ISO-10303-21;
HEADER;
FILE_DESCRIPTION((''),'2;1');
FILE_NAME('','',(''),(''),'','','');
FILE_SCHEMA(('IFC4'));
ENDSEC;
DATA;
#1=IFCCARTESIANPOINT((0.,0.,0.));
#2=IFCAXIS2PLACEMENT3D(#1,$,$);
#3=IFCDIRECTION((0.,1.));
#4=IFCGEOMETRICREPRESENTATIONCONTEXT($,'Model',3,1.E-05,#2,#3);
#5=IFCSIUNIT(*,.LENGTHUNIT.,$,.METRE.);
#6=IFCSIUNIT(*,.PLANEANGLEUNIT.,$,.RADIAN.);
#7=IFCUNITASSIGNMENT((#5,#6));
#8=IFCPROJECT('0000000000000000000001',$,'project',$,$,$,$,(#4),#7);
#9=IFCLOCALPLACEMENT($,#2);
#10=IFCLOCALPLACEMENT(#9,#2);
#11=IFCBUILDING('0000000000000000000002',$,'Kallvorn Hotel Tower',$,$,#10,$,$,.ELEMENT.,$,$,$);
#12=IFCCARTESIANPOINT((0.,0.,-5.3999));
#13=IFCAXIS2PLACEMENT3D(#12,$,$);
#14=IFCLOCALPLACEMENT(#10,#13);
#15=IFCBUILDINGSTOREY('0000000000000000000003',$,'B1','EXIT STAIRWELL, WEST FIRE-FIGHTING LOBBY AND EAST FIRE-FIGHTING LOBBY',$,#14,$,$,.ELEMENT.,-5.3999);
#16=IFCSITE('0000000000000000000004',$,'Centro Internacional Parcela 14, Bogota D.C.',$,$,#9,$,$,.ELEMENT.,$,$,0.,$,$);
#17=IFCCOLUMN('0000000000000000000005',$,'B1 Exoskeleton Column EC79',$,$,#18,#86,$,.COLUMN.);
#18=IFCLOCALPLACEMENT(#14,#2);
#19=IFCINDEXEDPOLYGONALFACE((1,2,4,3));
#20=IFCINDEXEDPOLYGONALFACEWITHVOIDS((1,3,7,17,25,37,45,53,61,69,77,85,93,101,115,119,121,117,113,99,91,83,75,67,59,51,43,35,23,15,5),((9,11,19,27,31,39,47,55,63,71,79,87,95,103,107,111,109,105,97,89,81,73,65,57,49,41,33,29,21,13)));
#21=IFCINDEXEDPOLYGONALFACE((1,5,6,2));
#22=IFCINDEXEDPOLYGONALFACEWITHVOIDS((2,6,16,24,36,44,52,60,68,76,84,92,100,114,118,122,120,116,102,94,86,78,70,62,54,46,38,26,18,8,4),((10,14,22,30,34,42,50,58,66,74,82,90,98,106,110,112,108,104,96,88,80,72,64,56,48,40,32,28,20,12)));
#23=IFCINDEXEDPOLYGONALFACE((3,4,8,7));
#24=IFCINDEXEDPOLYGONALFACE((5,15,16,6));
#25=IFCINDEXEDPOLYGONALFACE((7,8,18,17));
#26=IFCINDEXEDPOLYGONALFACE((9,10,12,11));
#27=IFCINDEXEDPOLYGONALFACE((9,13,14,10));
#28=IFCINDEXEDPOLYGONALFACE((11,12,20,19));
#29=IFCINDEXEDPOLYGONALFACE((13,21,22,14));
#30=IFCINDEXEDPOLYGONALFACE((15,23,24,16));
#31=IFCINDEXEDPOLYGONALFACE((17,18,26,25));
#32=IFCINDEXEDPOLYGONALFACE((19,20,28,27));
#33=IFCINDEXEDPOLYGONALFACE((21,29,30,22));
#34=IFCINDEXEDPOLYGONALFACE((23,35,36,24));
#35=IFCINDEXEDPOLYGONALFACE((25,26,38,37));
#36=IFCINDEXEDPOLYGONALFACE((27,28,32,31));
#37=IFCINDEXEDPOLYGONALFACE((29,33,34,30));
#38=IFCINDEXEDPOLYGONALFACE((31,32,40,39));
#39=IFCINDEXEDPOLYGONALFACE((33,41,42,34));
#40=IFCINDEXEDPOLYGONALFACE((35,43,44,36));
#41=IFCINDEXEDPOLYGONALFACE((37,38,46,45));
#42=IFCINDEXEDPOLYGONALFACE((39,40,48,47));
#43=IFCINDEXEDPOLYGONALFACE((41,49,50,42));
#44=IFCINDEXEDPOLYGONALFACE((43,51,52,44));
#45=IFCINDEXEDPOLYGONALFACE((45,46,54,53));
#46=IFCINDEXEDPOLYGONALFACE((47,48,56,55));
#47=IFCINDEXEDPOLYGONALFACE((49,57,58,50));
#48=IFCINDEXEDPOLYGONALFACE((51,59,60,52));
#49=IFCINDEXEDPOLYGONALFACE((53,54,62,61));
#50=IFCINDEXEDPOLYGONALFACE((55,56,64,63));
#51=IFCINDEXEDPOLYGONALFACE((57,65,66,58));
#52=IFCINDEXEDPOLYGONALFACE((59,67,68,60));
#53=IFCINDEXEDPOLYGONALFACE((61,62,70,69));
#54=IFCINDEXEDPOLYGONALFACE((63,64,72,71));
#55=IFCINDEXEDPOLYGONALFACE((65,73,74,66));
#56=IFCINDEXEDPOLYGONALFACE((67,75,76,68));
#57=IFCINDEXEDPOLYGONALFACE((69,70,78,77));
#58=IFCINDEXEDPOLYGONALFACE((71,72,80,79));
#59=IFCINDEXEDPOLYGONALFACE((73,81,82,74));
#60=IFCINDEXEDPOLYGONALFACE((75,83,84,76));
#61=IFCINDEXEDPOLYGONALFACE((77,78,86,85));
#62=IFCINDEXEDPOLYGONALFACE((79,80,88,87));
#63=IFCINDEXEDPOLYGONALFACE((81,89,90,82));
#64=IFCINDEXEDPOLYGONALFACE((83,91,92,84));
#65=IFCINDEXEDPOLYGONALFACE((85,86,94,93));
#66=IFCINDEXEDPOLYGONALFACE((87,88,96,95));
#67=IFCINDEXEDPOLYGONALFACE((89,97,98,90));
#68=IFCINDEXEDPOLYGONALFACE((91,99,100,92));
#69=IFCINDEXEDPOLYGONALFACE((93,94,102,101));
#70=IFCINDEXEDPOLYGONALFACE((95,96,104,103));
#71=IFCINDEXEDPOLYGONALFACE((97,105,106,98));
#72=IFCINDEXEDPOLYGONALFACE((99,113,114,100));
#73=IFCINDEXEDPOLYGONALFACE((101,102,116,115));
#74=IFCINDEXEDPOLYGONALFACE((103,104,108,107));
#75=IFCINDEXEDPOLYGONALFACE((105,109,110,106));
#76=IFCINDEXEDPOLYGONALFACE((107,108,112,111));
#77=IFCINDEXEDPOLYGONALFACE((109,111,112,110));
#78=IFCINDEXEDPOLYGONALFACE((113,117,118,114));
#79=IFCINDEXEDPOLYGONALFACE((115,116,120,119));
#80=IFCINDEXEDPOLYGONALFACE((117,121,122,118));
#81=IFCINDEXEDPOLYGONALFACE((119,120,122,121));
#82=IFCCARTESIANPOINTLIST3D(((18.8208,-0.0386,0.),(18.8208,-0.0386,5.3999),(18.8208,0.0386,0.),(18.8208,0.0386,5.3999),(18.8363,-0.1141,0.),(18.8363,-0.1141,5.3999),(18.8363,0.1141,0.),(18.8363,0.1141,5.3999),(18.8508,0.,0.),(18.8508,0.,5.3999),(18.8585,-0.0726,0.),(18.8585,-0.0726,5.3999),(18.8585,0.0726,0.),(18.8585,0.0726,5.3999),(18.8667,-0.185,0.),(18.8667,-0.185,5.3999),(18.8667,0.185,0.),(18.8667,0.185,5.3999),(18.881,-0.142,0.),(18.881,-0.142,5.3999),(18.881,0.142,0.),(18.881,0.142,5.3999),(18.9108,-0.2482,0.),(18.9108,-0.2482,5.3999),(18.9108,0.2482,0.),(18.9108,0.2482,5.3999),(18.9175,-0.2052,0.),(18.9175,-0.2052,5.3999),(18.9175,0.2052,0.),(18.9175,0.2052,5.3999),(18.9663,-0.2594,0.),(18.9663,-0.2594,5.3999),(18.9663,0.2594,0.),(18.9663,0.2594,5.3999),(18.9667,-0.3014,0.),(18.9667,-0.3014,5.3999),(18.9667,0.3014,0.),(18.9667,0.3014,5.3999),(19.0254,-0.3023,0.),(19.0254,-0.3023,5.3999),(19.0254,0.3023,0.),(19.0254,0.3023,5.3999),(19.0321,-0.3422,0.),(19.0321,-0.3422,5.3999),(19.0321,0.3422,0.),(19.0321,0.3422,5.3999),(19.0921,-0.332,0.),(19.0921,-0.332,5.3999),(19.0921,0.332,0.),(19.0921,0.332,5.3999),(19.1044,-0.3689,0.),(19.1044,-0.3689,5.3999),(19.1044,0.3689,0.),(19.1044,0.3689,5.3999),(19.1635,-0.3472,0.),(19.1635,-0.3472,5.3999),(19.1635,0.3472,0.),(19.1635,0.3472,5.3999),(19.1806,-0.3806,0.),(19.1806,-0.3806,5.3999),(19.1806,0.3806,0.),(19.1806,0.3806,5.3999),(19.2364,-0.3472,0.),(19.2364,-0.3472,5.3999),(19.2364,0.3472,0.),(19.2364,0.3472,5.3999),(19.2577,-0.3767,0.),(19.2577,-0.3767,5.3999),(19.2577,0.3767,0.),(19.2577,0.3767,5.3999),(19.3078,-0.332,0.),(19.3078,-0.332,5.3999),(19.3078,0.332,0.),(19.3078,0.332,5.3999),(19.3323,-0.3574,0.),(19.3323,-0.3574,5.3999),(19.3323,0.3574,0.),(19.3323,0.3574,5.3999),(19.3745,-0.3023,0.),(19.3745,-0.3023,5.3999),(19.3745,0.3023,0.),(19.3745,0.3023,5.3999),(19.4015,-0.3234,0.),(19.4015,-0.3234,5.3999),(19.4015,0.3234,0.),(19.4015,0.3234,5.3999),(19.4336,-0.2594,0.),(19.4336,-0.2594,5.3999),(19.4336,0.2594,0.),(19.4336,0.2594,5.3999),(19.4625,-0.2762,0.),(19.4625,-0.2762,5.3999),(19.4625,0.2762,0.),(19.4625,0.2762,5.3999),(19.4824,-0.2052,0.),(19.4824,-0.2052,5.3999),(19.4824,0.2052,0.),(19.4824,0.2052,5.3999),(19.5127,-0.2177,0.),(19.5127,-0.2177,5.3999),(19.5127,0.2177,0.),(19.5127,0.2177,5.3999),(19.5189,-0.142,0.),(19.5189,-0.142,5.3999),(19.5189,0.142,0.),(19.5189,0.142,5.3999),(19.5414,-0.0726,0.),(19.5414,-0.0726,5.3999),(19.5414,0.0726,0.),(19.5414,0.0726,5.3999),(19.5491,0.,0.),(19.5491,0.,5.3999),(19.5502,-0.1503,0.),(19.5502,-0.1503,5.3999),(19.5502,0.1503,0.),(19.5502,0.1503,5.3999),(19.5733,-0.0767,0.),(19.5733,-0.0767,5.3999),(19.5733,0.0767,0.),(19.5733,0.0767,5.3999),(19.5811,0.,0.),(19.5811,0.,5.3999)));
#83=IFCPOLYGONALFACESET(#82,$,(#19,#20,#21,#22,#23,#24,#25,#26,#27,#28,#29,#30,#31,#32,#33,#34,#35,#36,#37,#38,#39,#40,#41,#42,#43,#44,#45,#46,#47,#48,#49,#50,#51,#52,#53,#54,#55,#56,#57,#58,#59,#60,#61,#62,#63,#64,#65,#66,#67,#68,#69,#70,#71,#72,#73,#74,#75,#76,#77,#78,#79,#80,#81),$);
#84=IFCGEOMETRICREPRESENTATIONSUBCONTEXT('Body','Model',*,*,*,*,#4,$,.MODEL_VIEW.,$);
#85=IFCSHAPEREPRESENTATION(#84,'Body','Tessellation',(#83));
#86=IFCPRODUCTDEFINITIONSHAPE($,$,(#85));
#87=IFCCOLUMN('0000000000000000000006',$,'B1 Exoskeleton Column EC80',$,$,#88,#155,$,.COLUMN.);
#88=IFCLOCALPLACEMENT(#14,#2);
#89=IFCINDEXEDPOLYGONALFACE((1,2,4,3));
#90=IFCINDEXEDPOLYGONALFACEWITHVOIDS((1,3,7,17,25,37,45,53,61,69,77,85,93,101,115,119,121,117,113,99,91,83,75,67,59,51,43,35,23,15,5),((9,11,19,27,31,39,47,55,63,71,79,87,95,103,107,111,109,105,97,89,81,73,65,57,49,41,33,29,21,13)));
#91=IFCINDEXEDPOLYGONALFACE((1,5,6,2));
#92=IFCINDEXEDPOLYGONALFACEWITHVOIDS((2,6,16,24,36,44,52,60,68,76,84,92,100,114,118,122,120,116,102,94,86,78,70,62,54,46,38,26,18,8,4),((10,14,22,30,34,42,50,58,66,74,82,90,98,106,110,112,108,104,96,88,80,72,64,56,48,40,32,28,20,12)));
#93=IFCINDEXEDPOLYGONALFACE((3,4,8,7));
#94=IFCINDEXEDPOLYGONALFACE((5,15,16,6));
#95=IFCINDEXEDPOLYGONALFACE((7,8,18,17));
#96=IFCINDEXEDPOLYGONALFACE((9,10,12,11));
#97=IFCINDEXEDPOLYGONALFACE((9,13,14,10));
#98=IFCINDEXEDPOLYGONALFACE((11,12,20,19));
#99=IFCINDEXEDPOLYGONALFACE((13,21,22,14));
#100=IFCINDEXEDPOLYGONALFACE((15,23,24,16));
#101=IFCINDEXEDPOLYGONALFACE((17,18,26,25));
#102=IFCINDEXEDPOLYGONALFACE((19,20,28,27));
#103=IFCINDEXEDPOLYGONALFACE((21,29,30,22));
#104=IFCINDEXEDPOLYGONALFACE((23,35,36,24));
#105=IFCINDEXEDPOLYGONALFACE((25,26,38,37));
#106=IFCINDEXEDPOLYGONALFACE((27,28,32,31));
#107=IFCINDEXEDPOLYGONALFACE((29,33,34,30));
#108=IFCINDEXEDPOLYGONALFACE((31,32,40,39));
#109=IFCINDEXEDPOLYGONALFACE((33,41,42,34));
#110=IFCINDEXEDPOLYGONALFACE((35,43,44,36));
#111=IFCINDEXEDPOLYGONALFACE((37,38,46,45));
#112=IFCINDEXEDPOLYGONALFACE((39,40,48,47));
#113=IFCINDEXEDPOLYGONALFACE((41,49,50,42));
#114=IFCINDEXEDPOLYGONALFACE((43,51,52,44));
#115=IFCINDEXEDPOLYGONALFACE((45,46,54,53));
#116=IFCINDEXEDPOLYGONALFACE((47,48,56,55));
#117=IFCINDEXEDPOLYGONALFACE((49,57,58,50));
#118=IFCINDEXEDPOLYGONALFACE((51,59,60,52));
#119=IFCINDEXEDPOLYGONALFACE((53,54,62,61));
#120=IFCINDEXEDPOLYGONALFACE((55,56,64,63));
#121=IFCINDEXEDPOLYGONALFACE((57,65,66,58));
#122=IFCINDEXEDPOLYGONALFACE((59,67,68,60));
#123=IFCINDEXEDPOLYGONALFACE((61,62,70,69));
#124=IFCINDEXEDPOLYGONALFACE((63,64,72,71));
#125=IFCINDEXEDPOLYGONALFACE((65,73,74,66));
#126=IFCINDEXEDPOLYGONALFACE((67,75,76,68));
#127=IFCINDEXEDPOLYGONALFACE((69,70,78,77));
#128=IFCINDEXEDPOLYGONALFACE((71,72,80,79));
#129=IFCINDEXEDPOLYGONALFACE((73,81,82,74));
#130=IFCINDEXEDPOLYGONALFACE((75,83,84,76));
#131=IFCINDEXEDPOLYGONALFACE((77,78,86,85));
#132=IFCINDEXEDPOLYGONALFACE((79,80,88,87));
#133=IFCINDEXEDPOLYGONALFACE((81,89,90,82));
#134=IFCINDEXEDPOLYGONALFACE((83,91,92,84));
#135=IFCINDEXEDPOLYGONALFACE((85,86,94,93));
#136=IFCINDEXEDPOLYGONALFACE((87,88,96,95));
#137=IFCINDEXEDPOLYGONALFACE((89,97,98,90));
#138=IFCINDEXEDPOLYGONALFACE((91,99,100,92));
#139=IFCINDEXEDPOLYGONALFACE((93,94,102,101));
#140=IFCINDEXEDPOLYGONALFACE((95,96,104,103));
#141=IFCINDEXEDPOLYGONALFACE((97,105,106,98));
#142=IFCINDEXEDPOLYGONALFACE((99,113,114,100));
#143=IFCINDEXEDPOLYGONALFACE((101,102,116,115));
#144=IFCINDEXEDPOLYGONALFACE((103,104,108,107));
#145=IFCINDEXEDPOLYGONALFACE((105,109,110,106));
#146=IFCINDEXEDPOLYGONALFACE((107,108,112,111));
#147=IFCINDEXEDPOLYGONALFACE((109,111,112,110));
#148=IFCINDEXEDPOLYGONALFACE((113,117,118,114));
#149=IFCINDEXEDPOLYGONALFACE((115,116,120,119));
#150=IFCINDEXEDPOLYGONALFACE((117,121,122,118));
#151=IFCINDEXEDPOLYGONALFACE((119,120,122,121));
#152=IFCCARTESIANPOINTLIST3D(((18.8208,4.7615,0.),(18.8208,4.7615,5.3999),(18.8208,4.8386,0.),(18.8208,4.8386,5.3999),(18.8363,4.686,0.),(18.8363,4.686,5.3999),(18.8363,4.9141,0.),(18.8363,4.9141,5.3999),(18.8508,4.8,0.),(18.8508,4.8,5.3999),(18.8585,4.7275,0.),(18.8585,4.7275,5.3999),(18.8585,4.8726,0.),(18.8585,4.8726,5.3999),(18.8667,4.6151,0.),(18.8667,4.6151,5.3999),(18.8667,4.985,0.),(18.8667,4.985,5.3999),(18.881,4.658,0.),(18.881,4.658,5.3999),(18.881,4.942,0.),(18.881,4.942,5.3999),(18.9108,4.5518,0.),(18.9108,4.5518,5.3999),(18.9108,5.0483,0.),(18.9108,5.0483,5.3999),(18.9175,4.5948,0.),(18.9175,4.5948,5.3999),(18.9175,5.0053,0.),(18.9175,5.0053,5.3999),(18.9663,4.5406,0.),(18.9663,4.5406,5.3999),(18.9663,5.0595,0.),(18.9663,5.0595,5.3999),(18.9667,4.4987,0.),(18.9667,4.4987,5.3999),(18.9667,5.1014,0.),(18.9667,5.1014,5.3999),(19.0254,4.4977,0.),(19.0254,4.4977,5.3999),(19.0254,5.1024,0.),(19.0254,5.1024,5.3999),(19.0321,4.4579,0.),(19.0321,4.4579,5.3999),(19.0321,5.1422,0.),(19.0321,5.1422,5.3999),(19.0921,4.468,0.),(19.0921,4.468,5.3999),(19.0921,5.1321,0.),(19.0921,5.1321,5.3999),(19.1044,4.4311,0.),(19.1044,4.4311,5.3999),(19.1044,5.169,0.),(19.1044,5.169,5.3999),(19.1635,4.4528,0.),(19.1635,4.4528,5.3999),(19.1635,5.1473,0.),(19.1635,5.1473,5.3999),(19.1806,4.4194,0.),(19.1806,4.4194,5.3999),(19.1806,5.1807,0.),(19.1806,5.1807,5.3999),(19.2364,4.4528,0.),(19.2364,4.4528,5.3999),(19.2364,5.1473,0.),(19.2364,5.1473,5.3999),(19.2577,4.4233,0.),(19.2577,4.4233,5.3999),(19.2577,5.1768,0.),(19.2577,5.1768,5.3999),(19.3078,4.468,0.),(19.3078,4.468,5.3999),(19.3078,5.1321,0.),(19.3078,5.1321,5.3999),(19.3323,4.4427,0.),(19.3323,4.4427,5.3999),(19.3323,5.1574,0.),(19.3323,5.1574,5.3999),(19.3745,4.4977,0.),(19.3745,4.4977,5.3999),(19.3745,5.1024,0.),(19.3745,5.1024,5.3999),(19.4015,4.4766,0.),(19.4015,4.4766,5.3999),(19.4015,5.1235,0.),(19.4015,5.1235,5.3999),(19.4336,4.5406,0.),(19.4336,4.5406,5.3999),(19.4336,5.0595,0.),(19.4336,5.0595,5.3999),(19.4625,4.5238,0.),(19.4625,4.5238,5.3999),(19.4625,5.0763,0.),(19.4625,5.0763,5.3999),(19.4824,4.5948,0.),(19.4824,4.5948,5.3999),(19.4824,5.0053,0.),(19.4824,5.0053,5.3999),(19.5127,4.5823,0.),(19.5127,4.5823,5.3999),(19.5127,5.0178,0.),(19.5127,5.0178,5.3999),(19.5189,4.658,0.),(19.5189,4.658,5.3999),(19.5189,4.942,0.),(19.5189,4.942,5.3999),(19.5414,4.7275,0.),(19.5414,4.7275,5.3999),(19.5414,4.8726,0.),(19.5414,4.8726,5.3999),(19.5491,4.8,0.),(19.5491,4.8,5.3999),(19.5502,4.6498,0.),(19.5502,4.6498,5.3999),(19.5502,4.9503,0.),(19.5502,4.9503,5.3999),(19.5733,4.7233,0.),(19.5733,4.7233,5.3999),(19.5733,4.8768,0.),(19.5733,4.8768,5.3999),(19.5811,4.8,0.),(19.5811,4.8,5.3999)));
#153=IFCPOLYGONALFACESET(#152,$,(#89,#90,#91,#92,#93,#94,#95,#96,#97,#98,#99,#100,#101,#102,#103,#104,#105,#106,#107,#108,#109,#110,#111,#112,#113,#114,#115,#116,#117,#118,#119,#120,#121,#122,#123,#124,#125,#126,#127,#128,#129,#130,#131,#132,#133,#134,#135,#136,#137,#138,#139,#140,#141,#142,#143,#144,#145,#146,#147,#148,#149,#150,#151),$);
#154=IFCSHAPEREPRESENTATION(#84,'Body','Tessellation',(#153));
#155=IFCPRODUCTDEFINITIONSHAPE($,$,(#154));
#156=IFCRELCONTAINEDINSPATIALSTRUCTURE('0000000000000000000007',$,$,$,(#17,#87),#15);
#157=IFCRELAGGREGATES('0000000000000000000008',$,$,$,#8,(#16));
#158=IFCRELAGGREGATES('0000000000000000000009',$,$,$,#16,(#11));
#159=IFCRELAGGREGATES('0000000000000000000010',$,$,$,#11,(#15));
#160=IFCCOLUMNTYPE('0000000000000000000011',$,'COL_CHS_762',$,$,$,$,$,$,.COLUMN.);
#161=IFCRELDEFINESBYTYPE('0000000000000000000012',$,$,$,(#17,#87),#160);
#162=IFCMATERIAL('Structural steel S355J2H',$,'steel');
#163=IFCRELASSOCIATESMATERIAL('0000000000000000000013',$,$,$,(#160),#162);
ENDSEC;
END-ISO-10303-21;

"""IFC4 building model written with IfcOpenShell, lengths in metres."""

from ifc_helpers import new_model, si_unit, direction, frame, origin, origin_2d, place, context, subcontext, project, spatial, hollow_circle, extrude, material, material_profile, profile_set, type_object, element, save


model = new_model("IFC4")

# Units and contexts
model_context = context("Model", 3, precision=1e-05, world=origin(), true_north=direction((0.0, 1.0)))
body_context = subcontext(model_context, "Body", "Model", "MODEL_VIEW")
ifc_project = project(units=[si_unit("LENGTHUNIT", "METRE"), si_unit("PLANEANGLEUNIT", "RADIAN")], contexts=[model_context])

# Site, building, storey
site_placement = place(None, origin())
site = spatial("IfcSite", under=ifc_project, at=site_placement, Name="Centro Internacional Parcela 14, Bogota D.C.", CompositionType="ELEMENT", RefElevation=0.0)
building_placement = place(site_placement, origin())
building = spatial("IfcBuilding", under=site, at=building_placement, Name="Kallvorn Hotel Tower", CompositionType="ELEMENT")
storey_placement = place(building_placement, frame((0.0, 0.0, -5.3999)))
storey = spatial("IfcBuildingStorey", under=building, at=storey_placement, Name="B1", Description="EXIT STAIRWELL, WEST FIRE-FIGHTING LOBBY AND EAST FIRE-FIGHTING LOBBY", CompositionType="ELEMENT", Elevation=-5.3999)

# Columns
ifc_material_1 = material(Name="Structural steel S355J2H", Category="steel")
ifc_material_profile_1 = material_profile(ifc_material_1, hollow_circle(Radius=0.3811, WallThickness=0.032, at=origin_2d()), Name="CHS 762x32")
ifc_profile_set_1 = profile_set([ifc_material_profile_1], Name="Structural steel S355J2H")
column_type_1 = type_object("IfcColumnType", Name="COL_CHS_762", PredefinedType="COLUMN", material=ifc_profile_set_1)
for number, where, z_axis, x_axis, name in (
    (1, (19.2, 0.0, 0.0), (0.0, 0.0, 1.0), (1.0, 0.0, 0.0), "B1 Exoskeleton Column EC79"),
    (2, (19.2, 4.8, 0.0), (0.0, 0.0, 1.0), (1.0, 0.0, 0.0), "B1 Exoskeleton Column EC80"),
):
    element("IfcColumn", number, at=place(storey_placement, frame(where, z_axis=z_axis, x_axis=x_axis)), inside=storey, type_object=column_type_1, Name=name, PredefinedType="COLUMN", context=body_context, shape_type="SweptSolid", body=[
        extrude(hollow_circle(Radius=0.3811, WallThickness=0.032, at=origin_2d()), origin(), (0.0, 0.0, 1.0), 5.3999),
    ])

save(model, "model.ifc")
